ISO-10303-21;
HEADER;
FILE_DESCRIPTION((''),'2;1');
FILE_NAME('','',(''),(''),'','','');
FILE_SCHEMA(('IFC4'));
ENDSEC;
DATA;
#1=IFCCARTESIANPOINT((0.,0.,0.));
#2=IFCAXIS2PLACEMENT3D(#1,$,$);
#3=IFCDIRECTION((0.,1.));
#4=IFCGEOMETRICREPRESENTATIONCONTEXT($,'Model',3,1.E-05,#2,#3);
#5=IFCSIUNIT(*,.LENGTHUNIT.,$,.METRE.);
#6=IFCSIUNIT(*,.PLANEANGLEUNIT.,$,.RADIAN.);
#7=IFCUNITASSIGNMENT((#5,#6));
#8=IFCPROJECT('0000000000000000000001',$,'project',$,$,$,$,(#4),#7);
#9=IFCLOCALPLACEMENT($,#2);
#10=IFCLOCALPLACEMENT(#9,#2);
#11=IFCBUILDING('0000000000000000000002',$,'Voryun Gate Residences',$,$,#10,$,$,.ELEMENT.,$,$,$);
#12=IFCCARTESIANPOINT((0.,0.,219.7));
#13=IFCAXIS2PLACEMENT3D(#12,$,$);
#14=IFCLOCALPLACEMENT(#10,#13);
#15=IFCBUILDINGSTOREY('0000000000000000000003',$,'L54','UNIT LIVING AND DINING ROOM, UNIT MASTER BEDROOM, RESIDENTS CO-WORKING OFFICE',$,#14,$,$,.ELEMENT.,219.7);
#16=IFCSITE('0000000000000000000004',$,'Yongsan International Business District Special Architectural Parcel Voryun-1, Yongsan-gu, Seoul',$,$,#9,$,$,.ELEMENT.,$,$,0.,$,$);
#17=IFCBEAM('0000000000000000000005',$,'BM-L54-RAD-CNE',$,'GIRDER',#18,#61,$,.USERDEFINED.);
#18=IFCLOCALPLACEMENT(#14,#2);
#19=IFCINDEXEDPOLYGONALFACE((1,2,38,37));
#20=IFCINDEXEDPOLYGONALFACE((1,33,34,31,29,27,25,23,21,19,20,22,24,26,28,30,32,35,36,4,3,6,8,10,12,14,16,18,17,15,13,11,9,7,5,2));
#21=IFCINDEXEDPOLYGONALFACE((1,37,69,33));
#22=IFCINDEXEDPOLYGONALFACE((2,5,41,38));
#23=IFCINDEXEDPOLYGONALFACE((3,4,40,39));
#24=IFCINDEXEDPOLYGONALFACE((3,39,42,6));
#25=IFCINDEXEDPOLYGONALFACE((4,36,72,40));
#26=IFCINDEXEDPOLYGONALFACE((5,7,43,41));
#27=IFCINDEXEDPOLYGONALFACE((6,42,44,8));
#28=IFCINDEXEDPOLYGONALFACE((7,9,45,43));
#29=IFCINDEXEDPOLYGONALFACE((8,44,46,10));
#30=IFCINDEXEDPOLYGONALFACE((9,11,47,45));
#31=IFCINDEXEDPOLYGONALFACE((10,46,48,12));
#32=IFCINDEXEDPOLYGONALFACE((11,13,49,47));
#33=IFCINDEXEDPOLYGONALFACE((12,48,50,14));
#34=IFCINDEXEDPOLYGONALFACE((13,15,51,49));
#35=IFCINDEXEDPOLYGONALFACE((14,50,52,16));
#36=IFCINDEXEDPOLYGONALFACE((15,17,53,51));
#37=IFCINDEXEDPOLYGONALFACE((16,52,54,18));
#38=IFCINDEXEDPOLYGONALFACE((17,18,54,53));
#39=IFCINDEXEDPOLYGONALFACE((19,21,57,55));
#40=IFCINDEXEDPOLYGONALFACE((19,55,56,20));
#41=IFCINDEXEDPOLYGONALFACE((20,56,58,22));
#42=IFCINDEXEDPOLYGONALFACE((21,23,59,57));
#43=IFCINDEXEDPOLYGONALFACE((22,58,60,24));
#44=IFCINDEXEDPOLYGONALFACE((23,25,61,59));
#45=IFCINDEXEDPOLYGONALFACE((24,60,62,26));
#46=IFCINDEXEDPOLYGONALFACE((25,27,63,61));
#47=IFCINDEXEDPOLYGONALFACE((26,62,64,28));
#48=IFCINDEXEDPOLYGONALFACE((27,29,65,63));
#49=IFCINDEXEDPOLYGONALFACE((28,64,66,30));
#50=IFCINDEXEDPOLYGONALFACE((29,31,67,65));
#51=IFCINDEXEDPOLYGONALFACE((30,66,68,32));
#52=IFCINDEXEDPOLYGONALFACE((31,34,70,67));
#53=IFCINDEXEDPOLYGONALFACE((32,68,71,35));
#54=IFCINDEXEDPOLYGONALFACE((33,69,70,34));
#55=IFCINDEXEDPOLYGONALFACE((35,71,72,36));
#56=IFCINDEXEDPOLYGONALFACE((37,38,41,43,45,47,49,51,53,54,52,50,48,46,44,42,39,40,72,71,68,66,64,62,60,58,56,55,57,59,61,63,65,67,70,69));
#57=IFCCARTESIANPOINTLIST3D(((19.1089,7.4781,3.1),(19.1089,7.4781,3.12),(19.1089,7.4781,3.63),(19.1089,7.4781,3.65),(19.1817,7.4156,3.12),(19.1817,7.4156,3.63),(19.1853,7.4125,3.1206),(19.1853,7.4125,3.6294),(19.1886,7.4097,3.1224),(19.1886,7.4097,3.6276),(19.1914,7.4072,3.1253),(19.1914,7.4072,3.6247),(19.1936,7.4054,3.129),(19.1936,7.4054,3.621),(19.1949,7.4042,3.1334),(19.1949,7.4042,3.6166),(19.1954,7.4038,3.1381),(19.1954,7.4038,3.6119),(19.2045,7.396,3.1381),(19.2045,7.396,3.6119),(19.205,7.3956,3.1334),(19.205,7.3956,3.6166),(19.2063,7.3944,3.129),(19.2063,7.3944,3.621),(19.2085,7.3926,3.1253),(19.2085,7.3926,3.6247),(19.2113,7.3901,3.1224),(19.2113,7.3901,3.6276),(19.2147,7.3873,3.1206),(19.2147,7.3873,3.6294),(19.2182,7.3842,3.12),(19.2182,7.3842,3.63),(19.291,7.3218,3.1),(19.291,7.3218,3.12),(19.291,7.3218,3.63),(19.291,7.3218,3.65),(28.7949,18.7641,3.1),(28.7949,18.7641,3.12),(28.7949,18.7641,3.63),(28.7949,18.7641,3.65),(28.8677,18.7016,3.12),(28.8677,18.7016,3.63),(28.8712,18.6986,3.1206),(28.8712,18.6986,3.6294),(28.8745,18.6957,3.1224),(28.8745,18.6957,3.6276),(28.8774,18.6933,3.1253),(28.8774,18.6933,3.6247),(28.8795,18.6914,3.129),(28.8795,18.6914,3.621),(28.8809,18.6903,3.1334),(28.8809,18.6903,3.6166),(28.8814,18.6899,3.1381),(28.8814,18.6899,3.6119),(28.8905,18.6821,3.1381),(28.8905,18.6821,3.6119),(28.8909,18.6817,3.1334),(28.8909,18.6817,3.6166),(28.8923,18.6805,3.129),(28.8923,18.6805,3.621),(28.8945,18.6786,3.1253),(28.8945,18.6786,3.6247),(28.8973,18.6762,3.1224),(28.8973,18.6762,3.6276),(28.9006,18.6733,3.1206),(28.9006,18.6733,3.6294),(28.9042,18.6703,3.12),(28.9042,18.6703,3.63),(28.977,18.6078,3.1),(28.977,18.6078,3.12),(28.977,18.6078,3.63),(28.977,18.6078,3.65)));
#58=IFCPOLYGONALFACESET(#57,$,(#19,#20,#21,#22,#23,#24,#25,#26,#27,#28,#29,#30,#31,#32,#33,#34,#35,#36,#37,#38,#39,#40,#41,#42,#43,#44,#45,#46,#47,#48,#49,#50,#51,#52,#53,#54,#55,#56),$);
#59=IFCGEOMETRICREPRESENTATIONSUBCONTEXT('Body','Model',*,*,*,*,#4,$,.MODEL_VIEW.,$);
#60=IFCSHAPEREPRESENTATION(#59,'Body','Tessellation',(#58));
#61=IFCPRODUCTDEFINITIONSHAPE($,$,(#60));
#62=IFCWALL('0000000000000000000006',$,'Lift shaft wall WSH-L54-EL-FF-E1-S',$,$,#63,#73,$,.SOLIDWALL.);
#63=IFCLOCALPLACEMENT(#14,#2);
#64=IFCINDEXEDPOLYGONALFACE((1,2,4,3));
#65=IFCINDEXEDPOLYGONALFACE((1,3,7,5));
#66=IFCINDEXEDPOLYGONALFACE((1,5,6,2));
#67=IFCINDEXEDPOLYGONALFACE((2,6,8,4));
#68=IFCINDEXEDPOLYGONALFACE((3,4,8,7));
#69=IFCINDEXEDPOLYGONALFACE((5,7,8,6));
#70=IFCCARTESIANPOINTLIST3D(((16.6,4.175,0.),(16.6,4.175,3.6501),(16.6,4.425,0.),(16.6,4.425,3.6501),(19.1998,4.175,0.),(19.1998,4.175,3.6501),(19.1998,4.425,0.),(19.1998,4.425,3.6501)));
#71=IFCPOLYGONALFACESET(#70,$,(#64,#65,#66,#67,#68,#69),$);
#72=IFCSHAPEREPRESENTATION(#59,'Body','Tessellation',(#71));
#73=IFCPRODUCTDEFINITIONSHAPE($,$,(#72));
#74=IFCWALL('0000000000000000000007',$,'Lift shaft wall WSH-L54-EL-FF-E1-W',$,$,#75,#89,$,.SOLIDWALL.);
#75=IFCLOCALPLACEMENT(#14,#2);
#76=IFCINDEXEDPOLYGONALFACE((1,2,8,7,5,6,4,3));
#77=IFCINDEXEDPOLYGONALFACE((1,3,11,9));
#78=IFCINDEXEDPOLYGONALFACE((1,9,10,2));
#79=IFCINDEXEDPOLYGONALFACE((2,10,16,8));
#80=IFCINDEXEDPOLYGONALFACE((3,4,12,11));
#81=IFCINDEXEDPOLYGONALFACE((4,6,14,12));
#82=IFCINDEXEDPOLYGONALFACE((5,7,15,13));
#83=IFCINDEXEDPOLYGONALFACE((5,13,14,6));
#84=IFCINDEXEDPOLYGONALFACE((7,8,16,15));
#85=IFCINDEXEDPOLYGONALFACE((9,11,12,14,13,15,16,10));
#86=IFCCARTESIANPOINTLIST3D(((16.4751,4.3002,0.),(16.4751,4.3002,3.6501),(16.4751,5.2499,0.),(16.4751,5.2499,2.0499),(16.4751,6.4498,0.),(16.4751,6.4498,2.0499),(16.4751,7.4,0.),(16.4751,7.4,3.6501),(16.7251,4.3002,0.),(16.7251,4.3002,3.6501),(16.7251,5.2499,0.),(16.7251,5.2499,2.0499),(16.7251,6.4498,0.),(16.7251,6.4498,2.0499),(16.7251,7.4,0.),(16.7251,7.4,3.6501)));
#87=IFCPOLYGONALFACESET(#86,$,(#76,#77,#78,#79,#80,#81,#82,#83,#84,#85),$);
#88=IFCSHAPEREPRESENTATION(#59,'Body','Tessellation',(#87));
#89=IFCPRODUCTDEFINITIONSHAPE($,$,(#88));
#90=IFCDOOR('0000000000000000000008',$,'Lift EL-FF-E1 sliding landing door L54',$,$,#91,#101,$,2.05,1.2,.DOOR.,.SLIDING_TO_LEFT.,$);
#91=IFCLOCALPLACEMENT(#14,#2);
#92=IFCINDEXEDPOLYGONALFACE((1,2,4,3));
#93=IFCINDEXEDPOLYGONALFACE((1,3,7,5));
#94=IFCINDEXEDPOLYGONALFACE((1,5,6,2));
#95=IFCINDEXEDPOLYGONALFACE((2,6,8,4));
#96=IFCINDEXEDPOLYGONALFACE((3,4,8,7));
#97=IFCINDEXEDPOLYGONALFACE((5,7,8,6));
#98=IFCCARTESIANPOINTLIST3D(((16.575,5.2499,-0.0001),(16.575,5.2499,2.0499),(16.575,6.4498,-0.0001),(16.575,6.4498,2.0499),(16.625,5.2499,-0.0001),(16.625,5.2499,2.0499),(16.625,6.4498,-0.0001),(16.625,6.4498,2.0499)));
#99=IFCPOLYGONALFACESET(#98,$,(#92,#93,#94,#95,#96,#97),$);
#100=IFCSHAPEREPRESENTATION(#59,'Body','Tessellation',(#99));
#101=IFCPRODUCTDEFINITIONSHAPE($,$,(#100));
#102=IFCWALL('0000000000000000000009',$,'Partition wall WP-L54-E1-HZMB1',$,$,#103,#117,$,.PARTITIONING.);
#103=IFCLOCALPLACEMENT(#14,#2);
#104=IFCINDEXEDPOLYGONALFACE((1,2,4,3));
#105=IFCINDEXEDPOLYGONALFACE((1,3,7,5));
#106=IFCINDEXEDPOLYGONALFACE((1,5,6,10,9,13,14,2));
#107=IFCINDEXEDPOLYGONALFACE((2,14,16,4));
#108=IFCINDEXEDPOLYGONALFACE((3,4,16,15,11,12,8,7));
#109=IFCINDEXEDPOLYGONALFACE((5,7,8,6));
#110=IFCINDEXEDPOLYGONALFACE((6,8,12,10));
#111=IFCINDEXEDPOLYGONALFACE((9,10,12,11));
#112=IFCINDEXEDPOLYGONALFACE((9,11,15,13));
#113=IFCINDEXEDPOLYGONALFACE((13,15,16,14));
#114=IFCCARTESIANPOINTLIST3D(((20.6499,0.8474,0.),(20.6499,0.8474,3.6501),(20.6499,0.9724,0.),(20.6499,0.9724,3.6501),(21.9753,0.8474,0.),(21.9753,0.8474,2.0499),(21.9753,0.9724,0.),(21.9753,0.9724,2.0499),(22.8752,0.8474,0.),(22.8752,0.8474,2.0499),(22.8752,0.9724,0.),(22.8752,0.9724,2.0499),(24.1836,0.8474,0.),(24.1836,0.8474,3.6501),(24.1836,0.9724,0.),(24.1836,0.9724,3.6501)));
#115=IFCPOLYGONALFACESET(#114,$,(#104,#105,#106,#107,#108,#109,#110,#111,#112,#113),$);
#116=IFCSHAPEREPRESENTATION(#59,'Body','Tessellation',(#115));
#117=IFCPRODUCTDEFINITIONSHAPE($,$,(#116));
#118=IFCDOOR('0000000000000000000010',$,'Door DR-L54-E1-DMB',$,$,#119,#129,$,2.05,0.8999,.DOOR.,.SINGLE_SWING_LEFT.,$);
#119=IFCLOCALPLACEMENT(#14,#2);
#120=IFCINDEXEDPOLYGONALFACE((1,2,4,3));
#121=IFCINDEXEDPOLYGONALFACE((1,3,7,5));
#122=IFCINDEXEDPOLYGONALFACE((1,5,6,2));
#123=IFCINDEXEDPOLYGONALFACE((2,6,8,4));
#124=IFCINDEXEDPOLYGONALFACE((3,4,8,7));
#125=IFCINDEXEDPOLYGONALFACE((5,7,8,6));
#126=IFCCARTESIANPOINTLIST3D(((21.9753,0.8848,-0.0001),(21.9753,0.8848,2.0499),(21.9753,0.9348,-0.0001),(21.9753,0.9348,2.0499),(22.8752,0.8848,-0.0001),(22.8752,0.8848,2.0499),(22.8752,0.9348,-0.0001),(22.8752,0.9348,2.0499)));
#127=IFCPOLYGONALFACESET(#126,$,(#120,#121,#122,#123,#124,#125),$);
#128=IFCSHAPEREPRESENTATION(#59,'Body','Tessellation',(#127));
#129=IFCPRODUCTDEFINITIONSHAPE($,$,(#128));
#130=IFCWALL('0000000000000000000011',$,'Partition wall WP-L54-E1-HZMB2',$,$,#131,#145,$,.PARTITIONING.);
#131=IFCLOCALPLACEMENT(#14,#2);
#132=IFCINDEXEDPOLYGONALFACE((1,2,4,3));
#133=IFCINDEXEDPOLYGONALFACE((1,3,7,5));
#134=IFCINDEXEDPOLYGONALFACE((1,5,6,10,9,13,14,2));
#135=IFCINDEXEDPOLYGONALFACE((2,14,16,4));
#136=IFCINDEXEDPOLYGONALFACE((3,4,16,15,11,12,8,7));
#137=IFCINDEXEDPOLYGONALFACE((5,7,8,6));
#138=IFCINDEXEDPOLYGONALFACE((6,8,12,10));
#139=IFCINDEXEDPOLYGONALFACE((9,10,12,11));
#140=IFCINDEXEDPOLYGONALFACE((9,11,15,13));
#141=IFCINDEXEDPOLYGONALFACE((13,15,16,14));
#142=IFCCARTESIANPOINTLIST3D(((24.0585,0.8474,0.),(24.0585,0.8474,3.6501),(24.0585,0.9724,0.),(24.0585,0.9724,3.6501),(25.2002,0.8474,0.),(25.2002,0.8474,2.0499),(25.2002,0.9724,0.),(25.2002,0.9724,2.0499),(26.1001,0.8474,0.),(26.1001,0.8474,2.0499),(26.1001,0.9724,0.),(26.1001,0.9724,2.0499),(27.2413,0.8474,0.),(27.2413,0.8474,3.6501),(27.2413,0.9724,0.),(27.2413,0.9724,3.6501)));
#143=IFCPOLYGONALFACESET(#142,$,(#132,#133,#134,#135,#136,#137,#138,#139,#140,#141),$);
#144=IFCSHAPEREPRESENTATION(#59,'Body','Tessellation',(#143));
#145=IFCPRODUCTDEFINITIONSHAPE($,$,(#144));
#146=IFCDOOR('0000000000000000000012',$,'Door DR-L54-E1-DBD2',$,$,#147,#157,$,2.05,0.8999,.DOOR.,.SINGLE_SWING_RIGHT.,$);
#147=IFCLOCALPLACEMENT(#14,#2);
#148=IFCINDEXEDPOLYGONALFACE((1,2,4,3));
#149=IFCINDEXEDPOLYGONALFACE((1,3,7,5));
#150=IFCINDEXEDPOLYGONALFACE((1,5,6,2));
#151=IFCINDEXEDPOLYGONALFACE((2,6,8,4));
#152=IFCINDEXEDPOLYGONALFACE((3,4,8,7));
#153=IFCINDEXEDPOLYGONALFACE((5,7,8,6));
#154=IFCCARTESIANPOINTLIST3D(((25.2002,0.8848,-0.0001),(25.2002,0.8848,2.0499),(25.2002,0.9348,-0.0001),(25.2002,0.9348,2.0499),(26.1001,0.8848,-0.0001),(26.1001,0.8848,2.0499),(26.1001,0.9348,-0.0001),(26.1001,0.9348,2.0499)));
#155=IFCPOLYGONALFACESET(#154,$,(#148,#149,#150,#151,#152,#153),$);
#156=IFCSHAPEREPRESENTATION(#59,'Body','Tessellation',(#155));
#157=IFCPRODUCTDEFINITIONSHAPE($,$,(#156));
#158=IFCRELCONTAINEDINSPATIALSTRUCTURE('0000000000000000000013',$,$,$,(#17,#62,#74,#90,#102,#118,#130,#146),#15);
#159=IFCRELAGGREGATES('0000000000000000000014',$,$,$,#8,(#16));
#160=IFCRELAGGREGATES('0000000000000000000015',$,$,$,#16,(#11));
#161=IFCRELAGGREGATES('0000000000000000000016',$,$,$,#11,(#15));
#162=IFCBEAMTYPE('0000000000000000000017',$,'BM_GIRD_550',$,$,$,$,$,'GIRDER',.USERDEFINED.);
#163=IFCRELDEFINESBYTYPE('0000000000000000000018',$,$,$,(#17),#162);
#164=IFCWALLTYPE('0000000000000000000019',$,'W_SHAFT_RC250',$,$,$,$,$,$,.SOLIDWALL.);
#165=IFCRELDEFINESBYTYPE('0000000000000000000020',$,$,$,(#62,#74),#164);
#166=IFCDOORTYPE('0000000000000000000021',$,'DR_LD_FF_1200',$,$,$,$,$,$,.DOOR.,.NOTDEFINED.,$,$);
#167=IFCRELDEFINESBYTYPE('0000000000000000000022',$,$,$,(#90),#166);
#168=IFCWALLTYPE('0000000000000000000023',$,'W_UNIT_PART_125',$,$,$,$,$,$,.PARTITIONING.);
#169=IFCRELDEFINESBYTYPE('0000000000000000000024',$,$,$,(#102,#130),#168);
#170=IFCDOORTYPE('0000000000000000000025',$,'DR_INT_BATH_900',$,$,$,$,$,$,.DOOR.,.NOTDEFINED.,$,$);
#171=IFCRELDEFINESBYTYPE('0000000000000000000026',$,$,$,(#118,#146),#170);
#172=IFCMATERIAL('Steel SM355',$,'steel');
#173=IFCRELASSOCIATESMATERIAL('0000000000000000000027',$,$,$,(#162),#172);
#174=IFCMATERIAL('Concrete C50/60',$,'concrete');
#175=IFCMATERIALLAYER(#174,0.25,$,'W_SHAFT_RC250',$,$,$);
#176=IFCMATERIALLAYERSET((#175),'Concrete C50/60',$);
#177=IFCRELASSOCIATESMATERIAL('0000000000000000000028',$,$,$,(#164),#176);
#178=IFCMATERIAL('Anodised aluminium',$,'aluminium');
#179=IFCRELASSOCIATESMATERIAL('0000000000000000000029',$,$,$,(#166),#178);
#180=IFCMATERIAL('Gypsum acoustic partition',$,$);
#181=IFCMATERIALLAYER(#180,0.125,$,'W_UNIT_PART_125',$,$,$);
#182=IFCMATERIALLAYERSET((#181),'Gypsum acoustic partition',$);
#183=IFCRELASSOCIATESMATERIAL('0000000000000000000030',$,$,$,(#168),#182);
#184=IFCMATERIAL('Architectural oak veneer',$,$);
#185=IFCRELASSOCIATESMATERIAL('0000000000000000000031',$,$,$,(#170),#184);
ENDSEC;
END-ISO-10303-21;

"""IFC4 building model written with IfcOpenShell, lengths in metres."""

from ifc_helpers import new_model, si_unit, direction, frame, frame_2d, origin, origin_2d, place, context, subcontext, project, spatial, rectangle, i_section, extrude, material, layer, layer_set, material_profile, profile_set, type_object, element, fill, save


model = new_model("IFC4")

# Units and contexts
model_context = context("Model", 3, precision=1e-05, world=origin(), true_north=direction((0.0, 1.0)))
body_context = subcontext(model_context, "Body", "Model", "MODEL_VIEW")
ifc_project = project(units=[si_unit("LENGTHUNIT", "METRE"), si_unit("PLANEANGLEUNIT", "RADIAN")], contexts=[model_context])

# Site, building, storey
site_placement = place(None, origin())
site = spatial("IfcSite", under=ifc_project, at=site_placement, Name="Yongsan International Business District Special Architectural Parcel Voryun-1, Yongsan-gu, Seoul", CompositionType="ELEMENT", RefElevation=0.0)
building_placement = place(site_placement, origin())
building = spatial("IfcBuilding", under=site, at=building_placement, Name="Voryun Gate Residences", CompositionType="ELEMENT")
storey_placement = place(building_placement, frame((0.0, 0.0, 219.7)))
storey = spatial("IfcBuildingStorey", under=building, at=storey_placement, Name="L54", Description="UNIT LIVING AND DINING ROOM, UNIT MASTER BEDROOM, RESIDENTS CO-WORKING OFFICE", CompositionType="ELEMENT", Elevation=219.7)

# Beam
ifc_material_1 = material(Name="Steel SM355", Category="steel")
ifc_material_profile_1 = material_profile(ifc_material_1, i_section(OverallWidth=0.24, OverallDepth=0.55, WebThickness=0.012, FlangeThickness=0.02, FilletRadius=0.0181, at=origin_2d()), Name="H-550x240x12x20")
ifc_profile_set_1 = profile_set([ifc_material_profile_1], Name="Steel SM355")
beam_type_1 = type_object("IfcBeamType", Name="BM_GIRD_550", ElementType="GIRDER", PredefinedType="USERDEFINED", material=ifc_profile_set_1)
beam_1_placement = place(storey_placement, frame((19.2, 7.3999, 3.375), z_axis=(0.651264, 0.758851, 0.0), x_axis=(-0.758851, 0.651264, 0.0)))
element("IfcBeam", 1, at=beam_1_placement, inside=storey, type_object=beam_type_1, Name="BM-L54-RAD-CNE", ObjectType="GIRDER", PredefinedType="USERDEFINED", context=body_context, shape_type="SweptSolid", body=[
    extrude(i_section(OverallWidth=0.24, OverallDepth=0.55, WebThickness=0.012, FlangeThickness=0.02, FilletRadius=0.0181, at=origin_2d()), origin(), (0.0, 0.0, 1.0), 14.8726),
])

# Wall
ifc_material_2 = material(Name="Concrete C50/60", Category="concrete")
ifc_layer_1 = layer(ifc_material_2, 0.25, Name="W_SHAFT_RC250")
ifc_layer_set_1 = layer_set([ifc_layer_1], Name="Concrete C50/60")
wall_type_1 = type_object("IfcWallType", Name="W_SHAFT_RC250", PredefinedType="SOLIDWALL", material=ifc_layer_set_1)
wall_1_placement = place(storey_placement, frame((16.6001, 4.3, 0.0), z_axis=(0.0, 0.0, 1.0), x_axis=(1.0, 0.0, 0.0)))
element("IfcWall", 2, at=wall_1_placement, inside=storey, type_object=wall_type_1, Name="Lift shaft wall WSH-L54-EL-FF-E1-S", PredefinedType="SOLIDWALL", context=body_context, shape_type="SweptSolid", body=[
    extrude(rectangle(XDim=2.5999, YDim=0.25, at=frame_2d((1.2998, 0.0))), origin(), (0.0, 0.0, 1.0), 3.6501),
])

# Walls, openings, doors
wall_2_placement = place(storey_placement, frame((16.6001, 7.3999, 0.0), z_axis=(0.0, 0.0, 1.0), x_axis=(0.0, -1.0, 0.0)))
wall_2 = element("IfcWall", 3, at=wall_2_placement, inside=storey, type_object=wall_type_1, Name="Lift shaft wall WSH-L54-EL-FF-E1-W", PredefinedType="SOLIDWALL", context=body_context, shape_type="SweptSolid", body=[
    extrude(rectangle(XDim=3.0999, YDim=0.25, at=frame_2d((1.5498, 0.0))), origin(), (0.0, 0.0, 1.0), 3.6501),
])
opening_1_placement = place(wall_2_placement, frame((0.95, 0.0, 0.0)))
opening_1 = element("IfcOpeningElement", 4, at=opening_1_placement, cuts=wall_2, PredefinedType="OPENING", context=body_context, shape_type="SweptSolid", body=[
    extrude(rectangle(XDim=1.2, YDim=2.05, at=frame_2d((0.6001, 1.0249))), frame((0.0, 0.135, 0.0), z_axis=(0.0, -1.0, 0.0), x_axis=(1.0, 0.0, 0.0)), (0.0, 0.0, 1.0), 0.27),
])
ifc_material_3 = material(Name="Anodised aluminium", Category="aluminium")
door_type_1 = type_object("IfcDoorType", Name="DR_LD_FF_1200", OperationType="NOTDEFINED", PredefinedType="DOOR", material=ifc_material_3)
door_1_placement = place(opening_1_placement, origin())
door_1 = element("IfcDoor", 5, at=door_1_placement, inside=storey, type_object=door_type_1, Name="Lift EL-FF-E1 sliding landing door L54", OperationType="SLIDING_TO_LEFT", OverallHeight=2.05, OverallWidth=1.2, PredefinedType="DOOR", context=body_context, shape_type="SweptSolid", body=[
    extrude(rectangle(XDim=1.2, YDim=2.05, at=frame_2d((0.6001, 1.0249))), frame((0.0, 0.0249, 0.0), z_axis=(0.0, -1.0, 0.0), x_axis=(1.0, 0.0, 0.0)), (0.0, 0.0, 1.0), 0.05),
])
fill(opening_1, door_1)
ifc_material_4 = material(Name="Gypsum acoustic partition")
ifc_layer_2 = layer(ifc_material_4, 0.125, Name="W_UNIT_PART_125")
ifc_layer_set_2 = layer_set([ifc_layer_2], Name="Gypsum acoustic partition")
wall_type_2 = type_object("IfcWallType", Name="W_UNIT_PART_125", PredefinedType="PARTITIONING", material=ifc_layer_set_2)
wall_3_placement = place(storey_placement, frame((20.6499, 0.9099, 0.0), z_axis=(0.0, 0.0, 1.0), x_axis=(1.0, 0.0, 0.0)))
wall_3 = element("IfcWall", 6, at=wall_3_placement, inside=storey, type_object=wall_type_2, Name="Partition wall WP-L54-E1-HZMB1", PredefinedType="PARTITIONING", context=body_context, shape_type="SweptSolid", body=[
    extrude(rectangle(XDim=3.5337, YDim=0.125, at=frame_2d((1.7668, 0.0))), origin(), (0.0, 0.0, 1.0), 3.6501),
])
opening_2_placement = place(wall_3_placement, frame((1.3254, 0.0, 0.0)))
opening_2 = element("IfcOpeningElement", 7, at=opening_2_placement, cuts=wall_3, PredefinedType="OPENING", context=body_context, shape_type="SweptSolid", body=[
    extrude(rectangle(XDim=0.8999, YDim=2.05, at=frame_2d((0.45, 1.0249))), frame((0.0, 0.0725, 0.0), z_axis=(0.0, -1.0, 0.0), x_axis=(1.0, 0.0, 0.0)), (0.0, 0.0, 1.0), 0.145),
])
ifc_material_5 = material(Name="Architectural oak veneer")
door_type_2 = type_object("IfcDoorType", Name="DR_INT_BATH_900", OperationType="NOTDEFINED", PredefinedType="DOOR", material=ifc_material_5)
door_2_placement = place(opening_2_placement, origin())
door_2 = element("IfcDoor", 8, at=door_2_placement, inside=storey, type_object=door_type_2, Name="Door DR-L54-E1-DMB", OperationType="SINGLE_SWING_LEFT", OverallHeight=2.05, OverallWidth=0.8999, PredefinedType="DOOR", context=body_context, shape_type="SweptSolid", body=[
    extrude(rectangle(XDim=0.8999, YDim=2.05, at=frame_2d((0.45, 1.0249))), frame((0.0, 0.0249, 0.0), z_axis=(0.0, -1.0, 0.0), x_axis=(1.0, 0.0, 0.0)), (0.0, 0.0, 1.0), 0.05),
])
fill(opening_2, door_2)
wall_4_placement = place(storey_placement, frame((24.0586, 0.9099, 0.0), z_axis=(0.0, 0.0, 1.0), x_axis=(1.0, 0.0, 0.0)))
wall_4 = element("IfcWall", 9, at=wall_4_placement, inside=storey, type_object=wall_type_2, Name="Partition wall WP-L54-E1-HZMB2", PredefinedType="PARTITIONING", context=body_context, shape_type="SweptSolid", body=[
    extrude(rectangle(XDim=3.1829, YDim=0.125, at=frame_2d((1.5913, 0.0))), origin(), (0.0, 0.0, 1.0), 3.6501),
])
opening_3_placement = place(wall_4_placement, frame((1.1416, 0.0, 0.0)))
opening_3 = element("IfcOpeningElement", 10, at=opening_3_placement, cuts=wall_4, PredefinedType="OPENING", context=body_context, shape_type="SweptSolid", body=[
    extrude(rectangle(XDim=0.8999, YDim=2.05, at=frame_2d((0.45, 1.0249))), frame((0.0, 0.0725, 0.0), z_axis=(0.0, -1.0, 0.0), x_axis=(1.0, 0.0, 0.0)), (0.0, 0.0, 1.0), 0.145),
])
door_3_placement = place(opening_3_placement, origin())
door_3 = element("IfcDoor", 11, at=door_3_placement, inside=storey, type_object=door_type_2, Name="Door DR-L54-E1-DBD2", OperationType="SINGLE_SWING_RIGHT", OverallHeight=2.05, OverallWidth=0.8999, PredefinedType="DOOR", context=body_context, shape_type="SweptSolid", body=[
    extrude(rectangle(XDim=0.8999, YDim=2.05, at=frame_2d((0.45, 1.0249))), frame((0.0, 0.0249, 0.0), z_axis=(0.0, -1.0, 0.0), x_axis=(1.0, 0.0, 0.0)), (0.0, 0.0, 1.0), 0.05),
])
fill(opening_3, door_3)

save(model, "model.ifc")
